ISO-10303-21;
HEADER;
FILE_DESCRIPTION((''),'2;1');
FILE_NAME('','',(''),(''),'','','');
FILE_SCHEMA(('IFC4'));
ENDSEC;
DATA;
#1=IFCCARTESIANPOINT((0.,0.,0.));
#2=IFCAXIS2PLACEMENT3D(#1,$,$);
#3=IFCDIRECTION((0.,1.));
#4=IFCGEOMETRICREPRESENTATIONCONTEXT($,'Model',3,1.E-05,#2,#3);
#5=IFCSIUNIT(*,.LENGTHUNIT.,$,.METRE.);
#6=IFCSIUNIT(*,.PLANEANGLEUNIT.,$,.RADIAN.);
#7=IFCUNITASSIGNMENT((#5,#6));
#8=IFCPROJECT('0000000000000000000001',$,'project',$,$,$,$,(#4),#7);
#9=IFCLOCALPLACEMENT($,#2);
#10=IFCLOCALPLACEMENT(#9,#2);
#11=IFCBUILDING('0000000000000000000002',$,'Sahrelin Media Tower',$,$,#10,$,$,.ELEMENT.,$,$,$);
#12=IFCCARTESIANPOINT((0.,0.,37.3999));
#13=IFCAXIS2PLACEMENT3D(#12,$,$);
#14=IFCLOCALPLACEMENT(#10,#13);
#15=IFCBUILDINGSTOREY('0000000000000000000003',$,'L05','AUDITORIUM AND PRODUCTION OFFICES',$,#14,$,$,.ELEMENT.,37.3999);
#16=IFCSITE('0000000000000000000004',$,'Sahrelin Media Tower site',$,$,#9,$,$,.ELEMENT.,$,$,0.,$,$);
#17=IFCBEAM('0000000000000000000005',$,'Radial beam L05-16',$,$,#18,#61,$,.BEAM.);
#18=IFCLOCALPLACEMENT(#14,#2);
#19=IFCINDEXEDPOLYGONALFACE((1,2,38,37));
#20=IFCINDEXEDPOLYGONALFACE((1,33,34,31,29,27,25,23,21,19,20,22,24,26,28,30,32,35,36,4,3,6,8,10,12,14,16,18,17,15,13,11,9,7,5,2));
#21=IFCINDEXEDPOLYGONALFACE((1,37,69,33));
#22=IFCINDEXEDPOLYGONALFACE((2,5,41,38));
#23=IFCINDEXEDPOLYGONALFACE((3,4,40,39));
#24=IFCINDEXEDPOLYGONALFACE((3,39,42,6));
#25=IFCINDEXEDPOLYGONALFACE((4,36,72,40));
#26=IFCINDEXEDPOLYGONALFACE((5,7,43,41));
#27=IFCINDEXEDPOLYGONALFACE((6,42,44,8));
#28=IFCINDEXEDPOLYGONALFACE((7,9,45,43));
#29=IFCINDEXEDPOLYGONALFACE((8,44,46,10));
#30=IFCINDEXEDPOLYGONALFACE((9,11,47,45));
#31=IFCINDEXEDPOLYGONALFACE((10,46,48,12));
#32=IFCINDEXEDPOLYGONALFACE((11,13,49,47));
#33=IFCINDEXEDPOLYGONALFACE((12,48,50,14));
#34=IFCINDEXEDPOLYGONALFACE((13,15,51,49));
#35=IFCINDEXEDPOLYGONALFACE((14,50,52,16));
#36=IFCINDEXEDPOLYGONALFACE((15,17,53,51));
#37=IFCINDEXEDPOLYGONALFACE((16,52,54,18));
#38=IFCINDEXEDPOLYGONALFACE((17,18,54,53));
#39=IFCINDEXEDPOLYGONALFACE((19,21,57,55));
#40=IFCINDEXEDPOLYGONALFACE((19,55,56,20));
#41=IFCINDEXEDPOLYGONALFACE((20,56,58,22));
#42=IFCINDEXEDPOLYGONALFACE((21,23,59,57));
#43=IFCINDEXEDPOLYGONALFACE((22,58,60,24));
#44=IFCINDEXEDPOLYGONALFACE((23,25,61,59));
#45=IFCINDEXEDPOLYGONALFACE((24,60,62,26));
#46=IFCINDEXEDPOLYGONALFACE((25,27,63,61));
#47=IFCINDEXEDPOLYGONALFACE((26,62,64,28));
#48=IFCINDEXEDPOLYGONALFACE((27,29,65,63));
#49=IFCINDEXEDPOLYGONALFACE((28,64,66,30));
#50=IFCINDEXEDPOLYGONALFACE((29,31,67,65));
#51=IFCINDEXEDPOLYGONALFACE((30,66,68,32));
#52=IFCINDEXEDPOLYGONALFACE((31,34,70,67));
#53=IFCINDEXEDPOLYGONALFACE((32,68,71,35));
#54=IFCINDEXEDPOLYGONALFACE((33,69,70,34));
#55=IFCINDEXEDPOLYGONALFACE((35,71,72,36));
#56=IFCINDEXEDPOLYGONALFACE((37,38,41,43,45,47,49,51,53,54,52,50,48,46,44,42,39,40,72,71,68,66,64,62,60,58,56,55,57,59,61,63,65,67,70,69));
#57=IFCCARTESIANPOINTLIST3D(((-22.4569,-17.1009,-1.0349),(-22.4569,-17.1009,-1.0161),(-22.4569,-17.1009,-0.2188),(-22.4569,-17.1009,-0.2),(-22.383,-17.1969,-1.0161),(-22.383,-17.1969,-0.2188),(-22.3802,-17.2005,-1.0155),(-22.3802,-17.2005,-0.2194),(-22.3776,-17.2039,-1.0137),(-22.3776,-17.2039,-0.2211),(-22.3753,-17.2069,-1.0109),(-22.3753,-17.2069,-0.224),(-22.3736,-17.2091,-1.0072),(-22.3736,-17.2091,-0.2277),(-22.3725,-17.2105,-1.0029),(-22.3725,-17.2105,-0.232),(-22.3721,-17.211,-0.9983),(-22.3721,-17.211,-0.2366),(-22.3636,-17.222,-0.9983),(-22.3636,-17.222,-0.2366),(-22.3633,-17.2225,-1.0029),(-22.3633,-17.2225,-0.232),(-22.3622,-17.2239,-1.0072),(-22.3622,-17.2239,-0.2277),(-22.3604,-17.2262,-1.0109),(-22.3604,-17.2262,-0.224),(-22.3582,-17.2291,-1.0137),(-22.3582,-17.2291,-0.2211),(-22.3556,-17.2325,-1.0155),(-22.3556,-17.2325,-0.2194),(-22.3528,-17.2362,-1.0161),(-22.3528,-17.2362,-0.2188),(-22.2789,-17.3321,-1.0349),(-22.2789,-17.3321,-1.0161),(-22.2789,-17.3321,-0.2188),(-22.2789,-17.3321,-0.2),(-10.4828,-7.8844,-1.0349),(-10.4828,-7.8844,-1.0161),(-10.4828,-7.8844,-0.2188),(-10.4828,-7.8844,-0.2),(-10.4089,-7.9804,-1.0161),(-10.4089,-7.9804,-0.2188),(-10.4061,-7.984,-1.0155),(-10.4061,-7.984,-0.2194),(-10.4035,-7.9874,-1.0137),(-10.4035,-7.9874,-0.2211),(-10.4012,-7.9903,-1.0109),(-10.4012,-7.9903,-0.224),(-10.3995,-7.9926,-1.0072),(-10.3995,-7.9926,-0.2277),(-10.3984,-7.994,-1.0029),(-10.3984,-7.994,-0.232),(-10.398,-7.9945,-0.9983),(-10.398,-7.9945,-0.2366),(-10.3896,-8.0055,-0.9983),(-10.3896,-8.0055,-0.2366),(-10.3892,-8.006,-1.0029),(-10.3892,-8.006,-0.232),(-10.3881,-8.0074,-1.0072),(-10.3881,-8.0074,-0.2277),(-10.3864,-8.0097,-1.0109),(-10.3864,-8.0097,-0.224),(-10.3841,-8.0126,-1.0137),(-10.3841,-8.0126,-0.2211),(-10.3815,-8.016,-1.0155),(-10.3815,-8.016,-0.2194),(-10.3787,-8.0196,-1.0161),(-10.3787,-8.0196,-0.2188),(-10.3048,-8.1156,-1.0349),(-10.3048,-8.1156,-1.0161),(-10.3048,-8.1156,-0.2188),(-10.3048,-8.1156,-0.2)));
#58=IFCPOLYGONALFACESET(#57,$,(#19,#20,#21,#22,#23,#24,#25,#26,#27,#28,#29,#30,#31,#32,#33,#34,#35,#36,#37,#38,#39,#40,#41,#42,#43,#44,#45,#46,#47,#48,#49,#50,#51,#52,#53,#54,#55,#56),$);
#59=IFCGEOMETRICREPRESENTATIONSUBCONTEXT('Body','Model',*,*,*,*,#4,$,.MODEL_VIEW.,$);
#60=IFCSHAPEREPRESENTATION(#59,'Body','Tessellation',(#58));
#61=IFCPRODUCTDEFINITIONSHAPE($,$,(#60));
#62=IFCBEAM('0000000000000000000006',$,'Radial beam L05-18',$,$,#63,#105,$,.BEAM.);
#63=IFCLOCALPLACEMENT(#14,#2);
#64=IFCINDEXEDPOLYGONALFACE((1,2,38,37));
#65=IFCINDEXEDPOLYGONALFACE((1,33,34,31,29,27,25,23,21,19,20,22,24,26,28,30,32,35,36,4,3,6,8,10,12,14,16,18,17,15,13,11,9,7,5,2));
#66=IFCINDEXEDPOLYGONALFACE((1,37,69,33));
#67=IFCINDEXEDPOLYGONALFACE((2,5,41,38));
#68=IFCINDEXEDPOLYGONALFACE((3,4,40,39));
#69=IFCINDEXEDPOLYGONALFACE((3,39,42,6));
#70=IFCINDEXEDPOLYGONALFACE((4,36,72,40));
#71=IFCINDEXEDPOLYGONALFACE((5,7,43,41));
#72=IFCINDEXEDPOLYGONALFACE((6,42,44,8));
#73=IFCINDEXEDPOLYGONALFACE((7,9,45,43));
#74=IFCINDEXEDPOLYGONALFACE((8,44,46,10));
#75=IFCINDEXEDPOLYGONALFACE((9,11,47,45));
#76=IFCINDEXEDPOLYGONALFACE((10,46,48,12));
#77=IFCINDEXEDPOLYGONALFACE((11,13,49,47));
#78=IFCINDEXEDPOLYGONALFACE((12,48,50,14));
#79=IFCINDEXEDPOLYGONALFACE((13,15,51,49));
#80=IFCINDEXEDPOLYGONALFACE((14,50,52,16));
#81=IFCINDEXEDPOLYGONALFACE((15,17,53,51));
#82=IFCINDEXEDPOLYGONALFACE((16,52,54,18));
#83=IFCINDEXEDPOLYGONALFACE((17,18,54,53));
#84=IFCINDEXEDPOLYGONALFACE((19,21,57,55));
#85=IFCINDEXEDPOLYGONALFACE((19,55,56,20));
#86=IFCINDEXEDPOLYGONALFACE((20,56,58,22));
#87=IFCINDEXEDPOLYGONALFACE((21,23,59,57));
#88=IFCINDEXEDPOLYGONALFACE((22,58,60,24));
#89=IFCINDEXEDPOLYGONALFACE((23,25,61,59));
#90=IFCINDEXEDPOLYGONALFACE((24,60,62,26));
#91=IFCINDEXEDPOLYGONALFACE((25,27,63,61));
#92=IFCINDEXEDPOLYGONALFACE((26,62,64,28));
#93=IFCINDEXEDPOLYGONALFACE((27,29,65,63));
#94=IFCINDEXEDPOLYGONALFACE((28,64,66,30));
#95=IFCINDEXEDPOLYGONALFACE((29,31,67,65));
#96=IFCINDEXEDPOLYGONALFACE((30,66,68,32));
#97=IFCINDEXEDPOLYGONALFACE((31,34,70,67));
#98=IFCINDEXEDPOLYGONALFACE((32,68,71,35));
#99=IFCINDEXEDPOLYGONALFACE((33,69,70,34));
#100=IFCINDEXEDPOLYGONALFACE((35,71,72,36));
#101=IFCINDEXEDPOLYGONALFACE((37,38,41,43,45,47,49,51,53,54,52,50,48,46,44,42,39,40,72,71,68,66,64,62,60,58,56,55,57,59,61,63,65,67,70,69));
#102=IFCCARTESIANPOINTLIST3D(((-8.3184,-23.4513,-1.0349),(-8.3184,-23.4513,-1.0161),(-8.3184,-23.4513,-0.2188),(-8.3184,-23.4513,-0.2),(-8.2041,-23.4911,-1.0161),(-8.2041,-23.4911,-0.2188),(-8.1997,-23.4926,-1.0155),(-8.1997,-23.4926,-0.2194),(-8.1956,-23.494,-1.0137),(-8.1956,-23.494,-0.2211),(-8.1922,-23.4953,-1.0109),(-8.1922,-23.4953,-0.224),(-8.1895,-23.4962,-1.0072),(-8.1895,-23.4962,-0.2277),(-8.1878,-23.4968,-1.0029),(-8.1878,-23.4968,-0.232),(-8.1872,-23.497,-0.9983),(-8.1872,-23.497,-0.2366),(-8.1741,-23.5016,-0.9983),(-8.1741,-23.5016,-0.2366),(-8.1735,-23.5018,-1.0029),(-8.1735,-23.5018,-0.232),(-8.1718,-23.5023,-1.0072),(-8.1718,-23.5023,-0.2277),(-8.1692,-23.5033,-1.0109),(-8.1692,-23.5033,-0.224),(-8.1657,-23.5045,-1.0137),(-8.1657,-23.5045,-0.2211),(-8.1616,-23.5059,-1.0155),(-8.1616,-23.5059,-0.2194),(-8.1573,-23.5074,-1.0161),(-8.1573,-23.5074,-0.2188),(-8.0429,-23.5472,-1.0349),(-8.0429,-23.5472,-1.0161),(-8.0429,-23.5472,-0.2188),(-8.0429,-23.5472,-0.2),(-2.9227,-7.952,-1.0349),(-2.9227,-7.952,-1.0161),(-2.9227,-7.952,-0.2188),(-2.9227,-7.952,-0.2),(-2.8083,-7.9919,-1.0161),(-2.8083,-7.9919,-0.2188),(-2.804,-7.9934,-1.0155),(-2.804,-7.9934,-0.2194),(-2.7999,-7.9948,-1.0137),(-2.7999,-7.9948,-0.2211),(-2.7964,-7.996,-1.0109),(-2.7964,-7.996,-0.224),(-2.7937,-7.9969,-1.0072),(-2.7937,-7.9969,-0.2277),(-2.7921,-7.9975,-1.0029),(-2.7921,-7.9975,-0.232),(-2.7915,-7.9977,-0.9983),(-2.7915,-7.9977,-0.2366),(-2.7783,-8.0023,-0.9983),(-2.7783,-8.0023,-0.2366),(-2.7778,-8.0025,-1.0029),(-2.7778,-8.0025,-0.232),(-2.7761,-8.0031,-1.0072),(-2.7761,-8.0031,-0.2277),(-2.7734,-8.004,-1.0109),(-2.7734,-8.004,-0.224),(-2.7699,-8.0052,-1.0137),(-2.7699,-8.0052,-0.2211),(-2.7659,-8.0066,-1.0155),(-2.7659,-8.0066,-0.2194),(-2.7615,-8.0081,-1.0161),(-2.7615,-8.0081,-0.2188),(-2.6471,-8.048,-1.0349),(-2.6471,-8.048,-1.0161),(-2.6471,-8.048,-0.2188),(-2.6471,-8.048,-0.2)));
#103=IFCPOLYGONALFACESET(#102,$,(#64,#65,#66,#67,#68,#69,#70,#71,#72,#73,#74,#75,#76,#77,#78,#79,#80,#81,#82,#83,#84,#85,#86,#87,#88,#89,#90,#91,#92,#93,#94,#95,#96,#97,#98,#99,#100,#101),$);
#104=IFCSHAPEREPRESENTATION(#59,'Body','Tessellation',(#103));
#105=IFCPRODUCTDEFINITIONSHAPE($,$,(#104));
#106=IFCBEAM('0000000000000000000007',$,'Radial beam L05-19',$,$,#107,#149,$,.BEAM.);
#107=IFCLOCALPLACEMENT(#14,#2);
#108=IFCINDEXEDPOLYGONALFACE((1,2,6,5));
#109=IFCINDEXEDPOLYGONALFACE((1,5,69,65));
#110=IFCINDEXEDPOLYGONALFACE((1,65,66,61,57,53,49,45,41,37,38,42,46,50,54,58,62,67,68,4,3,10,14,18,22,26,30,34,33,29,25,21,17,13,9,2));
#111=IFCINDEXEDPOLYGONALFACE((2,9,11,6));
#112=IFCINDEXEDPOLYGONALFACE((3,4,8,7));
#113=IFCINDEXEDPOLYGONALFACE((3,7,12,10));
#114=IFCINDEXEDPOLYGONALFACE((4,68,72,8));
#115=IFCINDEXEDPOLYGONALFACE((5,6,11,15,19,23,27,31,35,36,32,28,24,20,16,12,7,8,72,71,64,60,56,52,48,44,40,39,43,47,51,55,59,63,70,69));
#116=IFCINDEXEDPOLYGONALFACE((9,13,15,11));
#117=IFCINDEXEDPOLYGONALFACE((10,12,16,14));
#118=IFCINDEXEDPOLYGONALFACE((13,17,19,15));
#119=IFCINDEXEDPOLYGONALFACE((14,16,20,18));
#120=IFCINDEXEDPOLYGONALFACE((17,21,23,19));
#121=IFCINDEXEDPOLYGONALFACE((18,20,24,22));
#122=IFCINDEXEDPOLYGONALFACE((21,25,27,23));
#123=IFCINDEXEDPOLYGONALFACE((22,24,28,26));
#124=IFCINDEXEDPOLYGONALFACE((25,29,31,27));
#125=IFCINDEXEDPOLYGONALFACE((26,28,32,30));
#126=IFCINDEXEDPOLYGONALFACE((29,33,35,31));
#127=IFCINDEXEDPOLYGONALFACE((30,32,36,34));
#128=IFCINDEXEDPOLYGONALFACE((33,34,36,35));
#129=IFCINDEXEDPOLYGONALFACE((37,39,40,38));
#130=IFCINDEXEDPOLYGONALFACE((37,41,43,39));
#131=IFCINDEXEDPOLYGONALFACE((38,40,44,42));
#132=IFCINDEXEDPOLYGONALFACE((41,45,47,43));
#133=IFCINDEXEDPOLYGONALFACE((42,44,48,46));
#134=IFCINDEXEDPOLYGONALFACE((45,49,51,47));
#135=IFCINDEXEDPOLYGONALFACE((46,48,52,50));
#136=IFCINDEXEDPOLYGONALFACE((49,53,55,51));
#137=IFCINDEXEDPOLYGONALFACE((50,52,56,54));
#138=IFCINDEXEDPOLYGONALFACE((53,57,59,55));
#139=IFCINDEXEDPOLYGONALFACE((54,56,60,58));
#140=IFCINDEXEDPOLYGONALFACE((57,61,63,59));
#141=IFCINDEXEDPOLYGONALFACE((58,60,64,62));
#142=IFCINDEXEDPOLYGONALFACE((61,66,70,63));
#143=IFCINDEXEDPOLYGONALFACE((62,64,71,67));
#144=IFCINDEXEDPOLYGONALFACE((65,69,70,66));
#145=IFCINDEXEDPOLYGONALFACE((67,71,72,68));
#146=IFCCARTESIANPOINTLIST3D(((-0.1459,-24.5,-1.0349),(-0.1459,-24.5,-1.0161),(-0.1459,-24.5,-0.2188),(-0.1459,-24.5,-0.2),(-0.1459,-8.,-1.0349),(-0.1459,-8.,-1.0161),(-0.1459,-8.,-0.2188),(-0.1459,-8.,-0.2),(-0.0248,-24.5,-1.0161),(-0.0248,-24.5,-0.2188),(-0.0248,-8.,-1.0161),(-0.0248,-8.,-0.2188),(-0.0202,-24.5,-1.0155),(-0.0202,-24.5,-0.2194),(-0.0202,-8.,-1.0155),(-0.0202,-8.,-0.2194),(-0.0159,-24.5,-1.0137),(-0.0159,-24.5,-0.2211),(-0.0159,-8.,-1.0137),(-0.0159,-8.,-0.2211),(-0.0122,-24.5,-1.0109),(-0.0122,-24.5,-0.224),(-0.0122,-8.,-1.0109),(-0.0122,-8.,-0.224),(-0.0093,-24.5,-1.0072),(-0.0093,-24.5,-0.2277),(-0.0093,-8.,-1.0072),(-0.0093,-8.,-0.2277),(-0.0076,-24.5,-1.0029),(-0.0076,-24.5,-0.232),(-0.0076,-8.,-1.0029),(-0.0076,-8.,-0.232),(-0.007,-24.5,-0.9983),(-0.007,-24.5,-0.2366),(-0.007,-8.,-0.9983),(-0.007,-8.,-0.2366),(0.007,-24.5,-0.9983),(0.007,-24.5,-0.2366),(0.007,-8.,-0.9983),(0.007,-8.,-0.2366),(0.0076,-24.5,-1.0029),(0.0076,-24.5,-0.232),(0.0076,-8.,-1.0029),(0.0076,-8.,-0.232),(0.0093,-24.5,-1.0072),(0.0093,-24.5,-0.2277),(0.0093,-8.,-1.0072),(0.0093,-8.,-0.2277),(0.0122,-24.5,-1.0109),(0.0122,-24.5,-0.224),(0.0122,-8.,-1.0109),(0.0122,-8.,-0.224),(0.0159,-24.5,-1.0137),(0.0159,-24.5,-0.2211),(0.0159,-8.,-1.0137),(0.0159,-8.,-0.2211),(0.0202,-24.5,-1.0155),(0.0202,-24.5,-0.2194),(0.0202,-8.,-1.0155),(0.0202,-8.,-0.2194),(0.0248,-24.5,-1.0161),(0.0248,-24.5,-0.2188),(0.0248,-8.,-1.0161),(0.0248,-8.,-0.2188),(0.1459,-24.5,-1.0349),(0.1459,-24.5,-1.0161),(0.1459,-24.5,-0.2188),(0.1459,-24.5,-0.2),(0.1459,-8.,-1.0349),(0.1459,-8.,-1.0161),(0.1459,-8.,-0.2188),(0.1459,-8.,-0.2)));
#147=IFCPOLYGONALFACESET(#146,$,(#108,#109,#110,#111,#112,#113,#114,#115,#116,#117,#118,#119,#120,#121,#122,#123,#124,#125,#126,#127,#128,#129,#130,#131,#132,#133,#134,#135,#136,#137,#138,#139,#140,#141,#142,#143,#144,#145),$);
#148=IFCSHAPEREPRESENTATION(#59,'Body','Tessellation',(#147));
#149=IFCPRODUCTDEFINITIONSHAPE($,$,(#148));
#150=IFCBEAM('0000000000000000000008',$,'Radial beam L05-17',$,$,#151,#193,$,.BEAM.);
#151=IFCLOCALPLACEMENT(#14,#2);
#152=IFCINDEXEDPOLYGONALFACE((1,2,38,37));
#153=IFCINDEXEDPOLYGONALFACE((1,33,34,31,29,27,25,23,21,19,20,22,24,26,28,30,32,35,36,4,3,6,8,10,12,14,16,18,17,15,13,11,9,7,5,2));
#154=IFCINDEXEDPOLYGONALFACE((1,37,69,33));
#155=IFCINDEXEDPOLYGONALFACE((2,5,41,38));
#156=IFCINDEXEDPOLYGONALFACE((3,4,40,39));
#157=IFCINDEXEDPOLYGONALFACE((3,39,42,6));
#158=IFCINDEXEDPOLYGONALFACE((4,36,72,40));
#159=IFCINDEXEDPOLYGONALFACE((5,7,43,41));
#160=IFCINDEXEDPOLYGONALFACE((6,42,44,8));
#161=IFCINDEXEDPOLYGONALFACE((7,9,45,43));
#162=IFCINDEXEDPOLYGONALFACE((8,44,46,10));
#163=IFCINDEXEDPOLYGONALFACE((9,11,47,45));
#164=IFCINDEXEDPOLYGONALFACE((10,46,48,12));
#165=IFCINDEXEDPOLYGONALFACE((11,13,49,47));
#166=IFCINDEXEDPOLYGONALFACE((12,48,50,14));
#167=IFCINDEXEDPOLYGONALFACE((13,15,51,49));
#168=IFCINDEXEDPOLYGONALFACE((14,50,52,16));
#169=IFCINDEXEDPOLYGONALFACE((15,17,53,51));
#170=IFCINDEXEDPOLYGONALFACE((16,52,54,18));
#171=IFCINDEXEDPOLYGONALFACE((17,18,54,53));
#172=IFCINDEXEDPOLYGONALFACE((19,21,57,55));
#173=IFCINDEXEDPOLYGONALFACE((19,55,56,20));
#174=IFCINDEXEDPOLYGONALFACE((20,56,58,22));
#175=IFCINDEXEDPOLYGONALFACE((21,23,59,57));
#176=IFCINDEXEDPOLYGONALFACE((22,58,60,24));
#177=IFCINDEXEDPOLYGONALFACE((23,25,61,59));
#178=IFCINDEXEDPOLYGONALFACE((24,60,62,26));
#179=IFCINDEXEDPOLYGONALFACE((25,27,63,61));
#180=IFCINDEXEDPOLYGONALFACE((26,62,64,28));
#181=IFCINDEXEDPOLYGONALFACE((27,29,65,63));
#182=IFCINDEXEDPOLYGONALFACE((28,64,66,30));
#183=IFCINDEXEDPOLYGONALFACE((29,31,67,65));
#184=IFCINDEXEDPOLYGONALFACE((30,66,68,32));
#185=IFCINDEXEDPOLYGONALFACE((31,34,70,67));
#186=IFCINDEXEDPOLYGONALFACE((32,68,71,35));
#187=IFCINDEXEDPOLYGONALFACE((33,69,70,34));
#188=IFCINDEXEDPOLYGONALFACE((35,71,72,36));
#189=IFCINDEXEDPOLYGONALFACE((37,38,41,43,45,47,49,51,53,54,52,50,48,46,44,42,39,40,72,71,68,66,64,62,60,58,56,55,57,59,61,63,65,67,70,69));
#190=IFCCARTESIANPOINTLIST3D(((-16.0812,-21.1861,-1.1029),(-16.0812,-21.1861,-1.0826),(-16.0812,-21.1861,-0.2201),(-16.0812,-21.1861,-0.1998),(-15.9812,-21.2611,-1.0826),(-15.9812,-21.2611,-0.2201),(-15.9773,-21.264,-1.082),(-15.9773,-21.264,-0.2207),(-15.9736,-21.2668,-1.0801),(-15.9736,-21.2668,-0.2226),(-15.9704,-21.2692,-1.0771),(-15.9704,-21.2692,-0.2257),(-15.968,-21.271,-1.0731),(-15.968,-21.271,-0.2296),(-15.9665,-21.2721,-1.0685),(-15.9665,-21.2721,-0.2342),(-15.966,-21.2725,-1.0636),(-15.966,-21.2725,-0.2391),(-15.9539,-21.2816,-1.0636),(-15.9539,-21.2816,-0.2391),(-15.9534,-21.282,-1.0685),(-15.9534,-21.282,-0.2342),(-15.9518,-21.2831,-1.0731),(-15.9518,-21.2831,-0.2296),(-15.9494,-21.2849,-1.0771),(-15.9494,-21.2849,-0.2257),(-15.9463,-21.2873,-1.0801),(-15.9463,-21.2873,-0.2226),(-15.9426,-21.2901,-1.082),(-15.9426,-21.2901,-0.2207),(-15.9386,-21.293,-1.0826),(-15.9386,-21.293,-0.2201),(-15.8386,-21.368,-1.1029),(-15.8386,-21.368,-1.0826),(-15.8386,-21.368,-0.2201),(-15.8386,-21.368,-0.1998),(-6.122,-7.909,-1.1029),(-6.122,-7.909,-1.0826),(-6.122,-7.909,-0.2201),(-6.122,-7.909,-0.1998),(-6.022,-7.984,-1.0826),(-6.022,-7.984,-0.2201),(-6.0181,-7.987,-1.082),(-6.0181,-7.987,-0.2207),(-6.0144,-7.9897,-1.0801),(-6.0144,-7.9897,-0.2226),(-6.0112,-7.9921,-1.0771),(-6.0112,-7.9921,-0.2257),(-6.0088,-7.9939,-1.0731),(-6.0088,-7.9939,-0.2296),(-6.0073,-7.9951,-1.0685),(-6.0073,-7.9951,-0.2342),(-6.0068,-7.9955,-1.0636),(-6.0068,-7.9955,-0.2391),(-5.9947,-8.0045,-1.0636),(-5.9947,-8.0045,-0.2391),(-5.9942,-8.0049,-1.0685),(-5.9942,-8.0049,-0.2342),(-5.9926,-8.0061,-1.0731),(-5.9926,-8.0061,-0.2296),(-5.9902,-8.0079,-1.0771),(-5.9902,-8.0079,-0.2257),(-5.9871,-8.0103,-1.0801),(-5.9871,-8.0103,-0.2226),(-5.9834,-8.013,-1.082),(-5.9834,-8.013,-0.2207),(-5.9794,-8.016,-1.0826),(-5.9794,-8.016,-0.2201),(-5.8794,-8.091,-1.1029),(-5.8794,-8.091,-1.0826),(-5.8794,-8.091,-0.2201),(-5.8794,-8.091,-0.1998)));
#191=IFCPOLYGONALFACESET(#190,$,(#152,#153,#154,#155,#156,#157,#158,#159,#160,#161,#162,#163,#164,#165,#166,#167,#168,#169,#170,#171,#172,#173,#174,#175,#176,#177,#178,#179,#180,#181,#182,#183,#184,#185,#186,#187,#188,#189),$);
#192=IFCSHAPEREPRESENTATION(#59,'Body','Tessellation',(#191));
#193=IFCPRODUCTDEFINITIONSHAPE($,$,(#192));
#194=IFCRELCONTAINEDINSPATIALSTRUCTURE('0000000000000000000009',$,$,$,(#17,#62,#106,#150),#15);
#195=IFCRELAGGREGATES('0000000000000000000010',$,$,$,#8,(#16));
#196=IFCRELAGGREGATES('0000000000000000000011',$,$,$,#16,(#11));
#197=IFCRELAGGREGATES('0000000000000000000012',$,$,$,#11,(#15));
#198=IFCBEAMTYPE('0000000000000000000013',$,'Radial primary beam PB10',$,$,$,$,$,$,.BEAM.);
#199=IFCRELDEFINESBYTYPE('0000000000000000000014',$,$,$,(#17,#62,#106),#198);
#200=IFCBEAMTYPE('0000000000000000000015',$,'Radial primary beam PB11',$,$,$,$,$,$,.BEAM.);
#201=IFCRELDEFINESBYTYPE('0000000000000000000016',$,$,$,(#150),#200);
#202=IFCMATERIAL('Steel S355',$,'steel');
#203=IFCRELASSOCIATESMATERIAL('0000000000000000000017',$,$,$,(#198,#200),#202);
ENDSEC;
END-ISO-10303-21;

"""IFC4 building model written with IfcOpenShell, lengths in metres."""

from ifc_helpers import new_model, si_unit, direction, frame, origin, origin_2d, place, context, subcontext, project, spatial, i_section, extrude, material, material_profile, profile_set, type_object, element, save


model = new_model("IFC4")

# Units and contexts
model_context = context("Model", 3, precision=1e-05, world=origin(), true_north=direction((0.0, 1.0)))
body_context = subcontext(model_context, "Body", "Model", "MODEL_VIEW")
ifc_project = project(units=[si_unit("LENGTHUNIT", "METRE"), si_unit("PLANEANGLEUNIT", "RADIAN")], contexts=[model_context])

# Site, building, storey
site_placement = place(None, origin())
site = spatial("IfcSite", under=ifc_project, at=site_placement, Name="Sahrelin Media Tower site", CompositionType="ELEMENT", RefElevation=0.0)
building_placement = place(site_placement, origin())
building = spatial("IfcBuilding", under=site, at=building_placement, Name="Sahrelin Media Tower", CompositionType="ELEMENT")
storey_placement = place(building_placement, frame((0.0, 0.0, 37.3999)))
storey = spatial("IfcBuildingStorey", under=building, at=storey_placement, Name="L05", Description="AUDITORIUM AND PRODUCTION OFFICES", CompositionType="ELEMENT", Elevation=37.3999)

# Beams
ifc_material_1 = material(Name="Steel S355", Category="steel")
ifc_material_profile_1 = material_profile(ifc_material_1, i_section(OverallWidth=0.2917, OverallDepth=0.835, WebThickness=0.0139, FlangeThickness=0.0188, FilletRadius=0.0178, at=origin_2d()), Name="UB 838x292x176")
ifc_profile_set_1 = profile_set([ifc_material_profile_1], Name="Steel S355")
beam_type_1 = type_object("IfcBeamType", Name="Radial primary beam PB10", PredefinedType="BEAM", material=ifc_profile_set_1)
beam_1_placement = place(storey_placement, frame((-10.3938, -8.0, -0.6174), z_axis=(-0.792442, -0.609947, 0.0), x_axis=(0.609947, -0.792442, 0.0)))
element("IfcBeam", 1, at=beam_1_placement, inside=storey, type_object=beam_type_1, Name="Radial beam L05-16", PredefinedType="BEAM", context=body_context, shape_type="SweptSolid", body=[
    extrude(i_section(OverallWidth=0.2917, OverallDepth=0.835, WebThickness=0.0139, FlangeThickness=0.0188, FilletRadius=0.0178, at=origin_2d()), origin(), (0.0, 0.0, 1.0), 15.1104),
])
beam_2_placement = place(storey_placement, frame((-2.7849, -8.0, -0.6174), z_axis=(-0.328776, -0.944408, 0.0), x_axis=(0.944408, -0.328776, 0.0)))
element("IfcBeam", 2, at=beam_2_placement, inside=storey, type_object=beam_type_1, Name="Radial beam L05-18", PredefinedType="BEAM", context=body_context, shape_type="SweptSolid", body=[
    extrude(i_section(OverallWidth=0.2917, OverallDepth=0.835, WebThickness=0.0139, FlangeThickness=0.0188, FilletRadius=0.0178, at=origin_2d()), origin(), (0.0, 0.0, 1.0), 16.4116),
])
beam_3_placement = place(storey_placement, frame((0.0, -8.0, -0.6174), z_axis=(0.0, -1.0, 0.0), x_axis=(1.0, 0.0, 0.0)))
element("IfcBeam", 3, at=beam_3_placement, inside=storey, type_object=beam_type_1, Name="Radial beam L05-19", PredefinedType="BEAM", context=body_context, shape_type="SweptSolid", body=[
    extrude(i_section(OverallWidth=0.2917, OverallDepth=0.835, WebThickness=0.0139, FlangeThickness=0.0188, FilletRadius=0.0178, at=origin_2d()), origin(), (0.0, 0.0, 1.0), 16.5),
])
ifc_material_profile_2 = material_profile(ifc_material_1, i_section(OverallWidth=0.3032, OverallDepth=0.9031, WebThickness=0.0151, FlangeThickness=0.0203, FilletRadius=0.019, at=origin_2d()), Name="UB 914x305x201")
ifc_profile_set_2 = profile_set([ifc_material_profile_2], Name="Steel S355")
beam_type_2 = type_object("IfcBeamType", Name="Radial primary beam PB11", PredefinedType="BEAM", material=ifc_profile_set_2)
beam_4_placement = place(storey_placement, frame((-6.0007, -8.0, -0.6514), z_axis=(-0.600054, -0.799959, 0.0), x_axis=(0.799959, -0.600054, 0.0)))
element("IfcBeam", 4, at=beam_4_placement, inside=storey, type_object=beam_type_2, Name="Radial beam L05-17", PredefinedType="BEAM", context=body_context, shape_type="SweptSolid", body=[
    extrude(i_section(OverallWidth=0.3032, OverallDepth=0.9031, WebThickness=0.0151, FlangeThickness=0.0203, FilletRadius=0.019, at=origin_2d()), origin(), (0.0, 0.0, 1.0), 16.5972),
])

save(model, "model.ifc")
